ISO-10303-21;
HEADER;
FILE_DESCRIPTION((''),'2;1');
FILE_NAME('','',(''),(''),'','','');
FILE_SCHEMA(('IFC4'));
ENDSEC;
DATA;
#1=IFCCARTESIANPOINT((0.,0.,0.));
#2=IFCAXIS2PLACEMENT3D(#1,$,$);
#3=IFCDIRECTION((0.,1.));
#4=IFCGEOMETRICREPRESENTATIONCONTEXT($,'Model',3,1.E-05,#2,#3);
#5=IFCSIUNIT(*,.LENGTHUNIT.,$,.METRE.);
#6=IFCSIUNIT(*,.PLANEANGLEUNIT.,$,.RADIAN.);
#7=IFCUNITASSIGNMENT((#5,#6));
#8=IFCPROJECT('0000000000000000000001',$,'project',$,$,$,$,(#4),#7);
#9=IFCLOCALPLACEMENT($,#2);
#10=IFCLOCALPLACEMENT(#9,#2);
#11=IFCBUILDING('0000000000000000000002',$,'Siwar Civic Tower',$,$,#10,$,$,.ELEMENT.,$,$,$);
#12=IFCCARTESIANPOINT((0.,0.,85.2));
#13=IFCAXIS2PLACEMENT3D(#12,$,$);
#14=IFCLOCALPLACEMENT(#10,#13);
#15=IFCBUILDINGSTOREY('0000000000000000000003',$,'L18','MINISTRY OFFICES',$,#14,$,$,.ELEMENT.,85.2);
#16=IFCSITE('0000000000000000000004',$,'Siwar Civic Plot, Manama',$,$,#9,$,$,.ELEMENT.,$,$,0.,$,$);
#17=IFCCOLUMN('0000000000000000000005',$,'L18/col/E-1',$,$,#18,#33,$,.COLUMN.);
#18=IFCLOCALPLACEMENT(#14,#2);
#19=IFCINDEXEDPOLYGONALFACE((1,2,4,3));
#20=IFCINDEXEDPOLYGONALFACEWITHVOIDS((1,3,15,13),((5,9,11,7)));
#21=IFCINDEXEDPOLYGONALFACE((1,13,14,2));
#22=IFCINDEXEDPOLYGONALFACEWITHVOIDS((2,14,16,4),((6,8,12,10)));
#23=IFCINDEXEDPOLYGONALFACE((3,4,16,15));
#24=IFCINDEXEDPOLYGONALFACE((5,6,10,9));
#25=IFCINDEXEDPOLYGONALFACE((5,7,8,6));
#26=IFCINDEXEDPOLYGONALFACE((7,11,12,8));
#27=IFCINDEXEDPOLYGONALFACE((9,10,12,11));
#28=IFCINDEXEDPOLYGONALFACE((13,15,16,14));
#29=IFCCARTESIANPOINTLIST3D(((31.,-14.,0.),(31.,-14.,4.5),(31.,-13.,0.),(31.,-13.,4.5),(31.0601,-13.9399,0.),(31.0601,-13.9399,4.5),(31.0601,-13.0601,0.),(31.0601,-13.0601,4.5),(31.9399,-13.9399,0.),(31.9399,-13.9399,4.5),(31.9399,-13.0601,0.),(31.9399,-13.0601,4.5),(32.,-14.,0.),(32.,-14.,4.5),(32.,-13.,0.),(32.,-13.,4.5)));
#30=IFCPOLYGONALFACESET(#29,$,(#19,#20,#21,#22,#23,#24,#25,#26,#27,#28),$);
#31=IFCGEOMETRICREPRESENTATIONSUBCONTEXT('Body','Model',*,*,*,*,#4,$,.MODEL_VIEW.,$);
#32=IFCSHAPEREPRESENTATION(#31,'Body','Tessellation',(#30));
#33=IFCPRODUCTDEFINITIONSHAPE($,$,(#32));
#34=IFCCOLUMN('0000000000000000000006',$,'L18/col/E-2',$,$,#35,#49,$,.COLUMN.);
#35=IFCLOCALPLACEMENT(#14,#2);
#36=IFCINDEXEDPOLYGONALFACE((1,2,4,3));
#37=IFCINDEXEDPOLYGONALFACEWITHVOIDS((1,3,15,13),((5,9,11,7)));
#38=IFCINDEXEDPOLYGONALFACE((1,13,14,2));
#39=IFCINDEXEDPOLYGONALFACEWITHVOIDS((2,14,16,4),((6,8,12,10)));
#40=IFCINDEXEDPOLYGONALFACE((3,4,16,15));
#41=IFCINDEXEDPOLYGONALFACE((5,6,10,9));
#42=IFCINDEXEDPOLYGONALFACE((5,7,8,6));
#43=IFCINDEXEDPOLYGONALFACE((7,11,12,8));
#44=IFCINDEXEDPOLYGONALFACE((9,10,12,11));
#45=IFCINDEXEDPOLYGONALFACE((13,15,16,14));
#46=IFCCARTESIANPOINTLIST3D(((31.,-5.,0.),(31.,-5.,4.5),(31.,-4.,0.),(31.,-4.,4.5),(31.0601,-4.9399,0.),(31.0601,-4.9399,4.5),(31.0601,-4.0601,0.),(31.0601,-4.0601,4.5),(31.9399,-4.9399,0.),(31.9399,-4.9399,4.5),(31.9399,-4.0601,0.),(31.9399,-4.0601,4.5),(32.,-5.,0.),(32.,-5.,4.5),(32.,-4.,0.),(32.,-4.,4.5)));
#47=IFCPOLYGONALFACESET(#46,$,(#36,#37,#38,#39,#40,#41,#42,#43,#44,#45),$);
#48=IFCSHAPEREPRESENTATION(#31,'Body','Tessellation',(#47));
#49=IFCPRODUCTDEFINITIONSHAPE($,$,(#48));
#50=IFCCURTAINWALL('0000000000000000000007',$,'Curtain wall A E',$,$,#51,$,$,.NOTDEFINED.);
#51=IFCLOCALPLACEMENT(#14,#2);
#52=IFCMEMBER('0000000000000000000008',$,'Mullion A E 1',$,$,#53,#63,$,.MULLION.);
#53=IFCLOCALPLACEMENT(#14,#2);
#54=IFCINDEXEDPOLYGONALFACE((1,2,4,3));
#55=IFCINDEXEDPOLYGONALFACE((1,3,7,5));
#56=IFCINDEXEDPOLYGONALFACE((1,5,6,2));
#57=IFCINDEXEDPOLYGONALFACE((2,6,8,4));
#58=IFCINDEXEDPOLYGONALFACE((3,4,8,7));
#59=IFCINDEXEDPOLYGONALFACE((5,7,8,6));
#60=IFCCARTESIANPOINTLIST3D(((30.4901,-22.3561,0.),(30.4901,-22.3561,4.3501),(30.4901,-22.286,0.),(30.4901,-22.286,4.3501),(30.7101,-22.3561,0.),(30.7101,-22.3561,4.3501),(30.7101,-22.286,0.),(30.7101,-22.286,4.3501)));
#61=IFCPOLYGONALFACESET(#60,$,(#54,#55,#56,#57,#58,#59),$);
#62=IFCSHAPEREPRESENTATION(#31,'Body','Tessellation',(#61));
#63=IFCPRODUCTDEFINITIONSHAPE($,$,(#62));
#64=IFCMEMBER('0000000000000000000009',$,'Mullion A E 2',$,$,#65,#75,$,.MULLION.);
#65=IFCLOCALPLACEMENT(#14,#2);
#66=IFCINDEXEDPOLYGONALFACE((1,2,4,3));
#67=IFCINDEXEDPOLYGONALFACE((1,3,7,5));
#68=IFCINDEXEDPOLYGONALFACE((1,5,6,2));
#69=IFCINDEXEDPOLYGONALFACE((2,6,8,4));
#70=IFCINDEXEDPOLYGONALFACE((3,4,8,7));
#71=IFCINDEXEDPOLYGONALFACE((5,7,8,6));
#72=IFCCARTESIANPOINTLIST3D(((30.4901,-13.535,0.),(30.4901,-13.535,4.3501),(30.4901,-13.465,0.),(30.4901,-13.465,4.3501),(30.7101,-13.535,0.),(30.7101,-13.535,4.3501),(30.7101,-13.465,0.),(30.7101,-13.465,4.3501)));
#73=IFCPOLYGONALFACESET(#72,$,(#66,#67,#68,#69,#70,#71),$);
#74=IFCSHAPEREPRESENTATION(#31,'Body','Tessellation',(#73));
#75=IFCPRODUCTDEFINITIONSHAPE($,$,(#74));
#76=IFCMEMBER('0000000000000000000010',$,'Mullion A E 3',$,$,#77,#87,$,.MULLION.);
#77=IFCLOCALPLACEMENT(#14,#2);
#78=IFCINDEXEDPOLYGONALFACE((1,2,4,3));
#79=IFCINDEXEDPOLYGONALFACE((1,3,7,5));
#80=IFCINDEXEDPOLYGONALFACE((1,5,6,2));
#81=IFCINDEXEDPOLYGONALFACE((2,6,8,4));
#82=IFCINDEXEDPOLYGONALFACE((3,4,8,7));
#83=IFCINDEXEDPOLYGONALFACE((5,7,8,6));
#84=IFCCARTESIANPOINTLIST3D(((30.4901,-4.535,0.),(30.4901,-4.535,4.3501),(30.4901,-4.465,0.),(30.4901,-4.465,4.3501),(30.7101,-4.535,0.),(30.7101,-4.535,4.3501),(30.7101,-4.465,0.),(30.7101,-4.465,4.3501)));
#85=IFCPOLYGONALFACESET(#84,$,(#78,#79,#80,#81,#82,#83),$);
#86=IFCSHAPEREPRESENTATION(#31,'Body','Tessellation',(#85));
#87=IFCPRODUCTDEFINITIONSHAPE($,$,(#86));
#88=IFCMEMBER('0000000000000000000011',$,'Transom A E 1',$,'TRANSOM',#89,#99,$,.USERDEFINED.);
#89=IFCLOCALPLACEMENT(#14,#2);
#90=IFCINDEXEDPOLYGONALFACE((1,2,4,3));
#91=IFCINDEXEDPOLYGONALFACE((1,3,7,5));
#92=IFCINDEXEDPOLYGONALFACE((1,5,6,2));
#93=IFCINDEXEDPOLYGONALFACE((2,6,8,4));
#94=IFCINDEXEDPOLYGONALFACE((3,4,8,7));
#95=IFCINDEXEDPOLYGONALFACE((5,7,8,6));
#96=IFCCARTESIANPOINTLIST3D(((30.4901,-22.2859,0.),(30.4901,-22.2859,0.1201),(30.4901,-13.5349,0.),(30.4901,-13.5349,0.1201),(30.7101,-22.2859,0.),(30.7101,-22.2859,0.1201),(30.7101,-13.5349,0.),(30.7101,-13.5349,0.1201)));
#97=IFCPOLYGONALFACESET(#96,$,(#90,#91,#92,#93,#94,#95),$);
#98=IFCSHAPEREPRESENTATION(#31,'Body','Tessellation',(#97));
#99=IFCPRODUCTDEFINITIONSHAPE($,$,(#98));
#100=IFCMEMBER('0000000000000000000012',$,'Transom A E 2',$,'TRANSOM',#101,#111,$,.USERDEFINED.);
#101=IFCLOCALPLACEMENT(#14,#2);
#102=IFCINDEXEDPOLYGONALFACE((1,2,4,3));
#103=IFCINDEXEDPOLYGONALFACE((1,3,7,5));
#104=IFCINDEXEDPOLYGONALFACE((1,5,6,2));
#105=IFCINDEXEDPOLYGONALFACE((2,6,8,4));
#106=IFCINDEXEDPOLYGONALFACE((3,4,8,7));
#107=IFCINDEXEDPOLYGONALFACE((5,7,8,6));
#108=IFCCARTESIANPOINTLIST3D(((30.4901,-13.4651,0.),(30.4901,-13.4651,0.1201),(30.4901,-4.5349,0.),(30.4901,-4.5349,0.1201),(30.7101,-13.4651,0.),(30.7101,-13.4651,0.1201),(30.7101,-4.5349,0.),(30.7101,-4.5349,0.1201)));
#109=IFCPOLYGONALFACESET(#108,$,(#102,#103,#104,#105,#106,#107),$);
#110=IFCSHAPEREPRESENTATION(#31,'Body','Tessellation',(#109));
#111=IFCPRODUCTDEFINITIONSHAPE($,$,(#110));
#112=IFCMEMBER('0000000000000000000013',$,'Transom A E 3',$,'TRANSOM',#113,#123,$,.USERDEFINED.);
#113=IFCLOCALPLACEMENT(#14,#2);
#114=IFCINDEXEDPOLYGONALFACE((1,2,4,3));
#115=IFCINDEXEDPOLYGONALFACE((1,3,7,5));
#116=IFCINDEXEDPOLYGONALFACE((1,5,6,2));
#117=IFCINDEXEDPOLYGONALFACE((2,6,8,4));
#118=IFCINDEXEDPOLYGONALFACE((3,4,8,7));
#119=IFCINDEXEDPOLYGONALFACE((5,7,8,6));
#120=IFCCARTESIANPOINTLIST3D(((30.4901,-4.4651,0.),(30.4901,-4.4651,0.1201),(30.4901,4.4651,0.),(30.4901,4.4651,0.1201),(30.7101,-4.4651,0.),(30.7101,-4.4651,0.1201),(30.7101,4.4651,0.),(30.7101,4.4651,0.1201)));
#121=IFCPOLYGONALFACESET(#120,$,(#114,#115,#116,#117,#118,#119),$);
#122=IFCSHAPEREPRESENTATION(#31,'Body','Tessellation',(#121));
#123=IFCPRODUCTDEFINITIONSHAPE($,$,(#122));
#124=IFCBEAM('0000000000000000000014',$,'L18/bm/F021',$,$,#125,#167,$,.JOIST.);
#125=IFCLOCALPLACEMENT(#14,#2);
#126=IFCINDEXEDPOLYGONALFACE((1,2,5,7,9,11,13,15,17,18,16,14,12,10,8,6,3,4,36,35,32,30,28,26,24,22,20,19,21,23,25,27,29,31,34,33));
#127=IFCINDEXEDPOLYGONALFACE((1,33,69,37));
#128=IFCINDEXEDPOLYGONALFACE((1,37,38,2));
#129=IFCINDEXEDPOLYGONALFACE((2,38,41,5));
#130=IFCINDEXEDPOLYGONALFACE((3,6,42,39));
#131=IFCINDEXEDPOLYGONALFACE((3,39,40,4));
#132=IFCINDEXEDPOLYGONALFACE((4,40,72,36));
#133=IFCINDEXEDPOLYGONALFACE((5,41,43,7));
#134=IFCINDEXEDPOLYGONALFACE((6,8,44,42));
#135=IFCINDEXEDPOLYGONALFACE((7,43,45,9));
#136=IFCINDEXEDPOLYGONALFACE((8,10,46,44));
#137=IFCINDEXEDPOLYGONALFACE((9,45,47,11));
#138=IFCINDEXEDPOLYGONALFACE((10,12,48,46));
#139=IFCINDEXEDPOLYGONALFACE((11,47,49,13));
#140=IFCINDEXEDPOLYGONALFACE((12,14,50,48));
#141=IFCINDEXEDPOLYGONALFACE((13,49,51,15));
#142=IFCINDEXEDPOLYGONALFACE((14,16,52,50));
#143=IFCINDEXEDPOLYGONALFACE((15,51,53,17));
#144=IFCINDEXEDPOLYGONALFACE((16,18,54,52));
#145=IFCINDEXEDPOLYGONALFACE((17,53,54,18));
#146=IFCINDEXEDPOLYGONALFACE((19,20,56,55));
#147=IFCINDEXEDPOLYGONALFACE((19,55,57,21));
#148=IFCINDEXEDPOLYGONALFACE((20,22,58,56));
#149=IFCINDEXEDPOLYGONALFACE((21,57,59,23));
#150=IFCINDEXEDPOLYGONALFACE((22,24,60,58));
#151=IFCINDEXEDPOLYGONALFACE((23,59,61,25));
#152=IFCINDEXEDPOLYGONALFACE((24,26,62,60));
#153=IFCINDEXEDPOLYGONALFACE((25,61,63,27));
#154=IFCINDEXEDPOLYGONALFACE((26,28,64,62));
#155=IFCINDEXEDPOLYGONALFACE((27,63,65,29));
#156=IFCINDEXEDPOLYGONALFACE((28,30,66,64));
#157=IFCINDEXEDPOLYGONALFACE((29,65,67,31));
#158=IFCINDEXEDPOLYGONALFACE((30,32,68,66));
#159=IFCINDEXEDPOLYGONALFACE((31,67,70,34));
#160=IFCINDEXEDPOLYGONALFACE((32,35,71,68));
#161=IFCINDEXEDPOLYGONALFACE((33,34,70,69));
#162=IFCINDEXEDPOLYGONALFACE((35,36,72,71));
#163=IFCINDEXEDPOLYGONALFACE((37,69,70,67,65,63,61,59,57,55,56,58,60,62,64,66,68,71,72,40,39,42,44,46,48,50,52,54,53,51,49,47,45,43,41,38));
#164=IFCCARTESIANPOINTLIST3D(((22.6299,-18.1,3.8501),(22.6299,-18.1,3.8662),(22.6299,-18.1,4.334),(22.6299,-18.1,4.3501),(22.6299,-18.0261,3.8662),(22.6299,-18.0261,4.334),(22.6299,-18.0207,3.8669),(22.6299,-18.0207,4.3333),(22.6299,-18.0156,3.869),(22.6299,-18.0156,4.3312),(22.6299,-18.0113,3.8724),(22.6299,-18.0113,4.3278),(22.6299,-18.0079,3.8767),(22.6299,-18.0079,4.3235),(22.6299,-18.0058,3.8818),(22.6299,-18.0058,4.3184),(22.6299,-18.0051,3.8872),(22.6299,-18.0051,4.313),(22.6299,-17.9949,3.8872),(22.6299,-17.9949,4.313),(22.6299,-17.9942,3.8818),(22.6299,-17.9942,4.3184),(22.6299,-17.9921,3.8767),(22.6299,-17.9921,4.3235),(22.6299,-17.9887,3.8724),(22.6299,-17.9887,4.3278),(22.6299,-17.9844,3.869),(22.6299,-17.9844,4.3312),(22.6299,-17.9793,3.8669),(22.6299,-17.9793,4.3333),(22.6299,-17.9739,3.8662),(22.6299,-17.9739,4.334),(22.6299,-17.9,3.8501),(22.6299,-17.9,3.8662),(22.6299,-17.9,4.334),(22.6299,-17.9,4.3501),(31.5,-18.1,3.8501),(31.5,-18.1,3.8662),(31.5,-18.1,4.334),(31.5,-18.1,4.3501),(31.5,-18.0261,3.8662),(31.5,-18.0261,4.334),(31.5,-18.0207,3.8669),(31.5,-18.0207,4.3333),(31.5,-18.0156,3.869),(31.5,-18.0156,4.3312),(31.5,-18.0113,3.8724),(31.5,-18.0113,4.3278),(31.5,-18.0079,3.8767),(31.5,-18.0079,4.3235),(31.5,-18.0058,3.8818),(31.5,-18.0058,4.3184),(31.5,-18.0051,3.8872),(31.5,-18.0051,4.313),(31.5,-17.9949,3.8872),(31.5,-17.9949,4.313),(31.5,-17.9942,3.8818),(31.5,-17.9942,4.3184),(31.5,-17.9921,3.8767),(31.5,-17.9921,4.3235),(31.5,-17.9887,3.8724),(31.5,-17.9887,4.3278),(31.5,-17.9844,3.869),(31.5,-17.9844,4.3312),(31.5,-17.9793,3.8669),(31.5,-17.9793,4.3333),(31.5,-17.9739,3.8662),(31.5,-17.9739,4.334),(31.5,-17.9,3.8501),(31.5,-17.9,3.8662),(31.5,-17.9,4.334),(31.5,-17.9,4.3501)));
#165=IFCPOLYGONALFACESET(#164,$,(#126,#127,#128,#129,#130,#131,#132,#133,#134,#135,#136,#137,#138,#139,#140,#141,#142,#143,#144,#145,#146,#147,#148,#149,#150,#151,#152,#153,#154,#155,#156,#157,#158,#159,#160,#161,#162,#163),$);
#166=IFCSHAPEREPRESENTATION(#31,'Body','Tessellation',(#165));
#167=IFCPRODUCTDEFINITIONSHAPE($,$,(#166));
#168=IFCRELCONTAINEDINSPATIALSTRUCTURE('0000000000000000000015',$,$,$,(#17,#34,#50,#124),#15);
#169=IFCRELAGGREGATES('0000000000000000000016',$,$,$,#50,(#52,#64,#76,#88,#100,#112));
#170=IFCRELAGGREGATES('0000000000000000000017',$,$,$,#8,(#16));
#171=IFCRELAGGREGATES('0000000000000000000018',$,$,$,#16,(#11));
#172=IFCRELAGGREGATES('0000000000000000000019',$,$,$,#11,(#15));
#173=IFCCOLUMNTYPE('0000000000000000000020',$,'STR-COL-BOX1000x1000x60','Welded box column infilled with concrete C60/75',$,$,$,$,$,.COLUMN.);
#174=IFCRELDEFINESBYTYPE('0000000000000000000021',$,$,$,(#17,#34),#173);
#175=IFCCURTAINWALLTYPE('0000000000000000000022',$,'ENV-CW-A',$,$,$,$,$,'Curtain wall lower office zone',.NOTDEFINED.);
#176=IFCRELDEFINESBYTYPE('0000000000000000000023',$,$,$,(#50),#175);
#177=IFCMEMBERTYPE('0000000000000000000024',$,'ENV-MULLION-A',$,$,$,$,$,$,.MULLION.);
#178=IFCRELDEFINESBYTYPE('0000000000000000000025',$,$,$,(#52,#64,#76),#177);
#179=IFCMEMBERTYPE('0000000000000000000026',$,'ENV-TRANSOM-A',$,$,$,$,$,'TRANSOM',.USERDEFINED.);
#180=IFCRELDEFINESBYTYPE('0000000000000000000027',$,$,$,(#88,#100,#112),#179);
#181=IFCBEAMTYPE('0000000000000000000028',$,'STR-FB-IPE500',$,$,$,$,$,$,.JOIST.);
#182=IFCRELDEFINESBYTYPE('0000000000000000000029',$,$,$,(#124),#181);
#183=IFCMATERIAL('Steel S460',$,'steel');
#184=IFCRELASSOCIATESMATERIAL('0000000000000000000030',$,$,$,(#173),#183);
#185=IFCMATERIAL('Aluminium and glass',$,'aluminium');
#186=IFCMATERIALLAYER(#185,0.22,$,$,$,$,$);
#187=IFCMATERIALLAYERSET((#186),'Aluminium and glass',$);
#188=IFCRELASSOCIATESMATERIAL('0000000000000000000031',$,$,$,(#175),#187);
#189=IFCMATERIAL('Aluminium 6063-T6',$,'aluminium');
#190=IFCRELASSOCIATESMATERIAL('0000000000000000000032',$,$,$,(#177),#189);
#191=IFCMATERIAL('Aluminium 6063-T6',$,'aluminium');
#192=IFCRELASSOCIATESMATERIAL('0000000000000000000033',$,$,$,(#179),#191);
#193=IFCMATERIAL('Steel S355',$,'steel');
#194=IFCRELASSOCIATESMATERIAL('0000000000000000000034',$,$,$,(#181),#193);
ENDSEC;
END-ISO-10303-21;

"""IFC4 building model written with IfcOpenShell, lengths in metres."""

from ifc_helpers import new_model, si_unit, direction, frame, origin, origin_2d, place, context, subcontext, project, spatial, rectangle, hollow_rectangle, i_section, extrude, material, layer, layer_set, material_profile, profile_set, type_object, element, aggregate, save


model = new_model("IFC4")

# Units and contexts
model_context = context("Model", 3, precision=1e-05, world=origin(), true_north=direction((0.0, 1.0)))
body_context = subcontext(model_context, "Body", "Model", "MODEL_VIEW")
ifc_project = project(units=[si_unit("LENGTHUNIT", "METRE"), si_unit("PLANEANGLEUNIT", "RADIAN")], contexts=[model_context])

# Site, building, storey
site_placement = place(None, origin())
site = spatial("IfcSite", under=ifc_project, at=site_placement, Name="Siwar Civic Plot, Manama", CompositionType="ELEMENT", RefElevation=0.0)
building_placement = place(site_placement, origin())
building = spatial("IfcBuilding", under=site, at=building_placement, Name="Siwar Civic Tower", CompositionType="ELEMENT")
storey_placement = place(building_placement, frame((0.0, 0.0, 85.2)))
storey = spatial("IfcBuildingStorey", under=building, at=storey_placement, Name="L18", Description="MINISTRY OFFICES", CompositionType="ELEMENT", Elevation=85.2)

# Columns
ifc_material_1 = material(Name="Steel S460", Category="steel")
ifc_material_profile_1 = material_profile(ifc_material_1, hollow_rectangle(XDim=1.0, YDim=1.0, WallThickness=0.0601, at=origin_2d()), Name="BOX1000x1000x60")
ifc_profile_set_1 = profile_set([ifc_material_profile_1], Name="Steel S460")
column_type = type_object("IfcColumnType", Name="STR-COL-BOX1000x1000x60", Description="Welded box column infilled with concrete C60/75", PredefinedType="COLUMN", material=ifc_profile_set_1)
for number, where, z_axis, x_axis, name in (
    (1, (31.5, -13.5, 0.0), (0.0, 0.0, 1.0), (1.0, 0.0, 0.0), "L18/col/E-1"),
    (2, (31.5, -4.5, 0.0), (0.0, 0.0, 1.0), (1.0, 0.0, 0.0), "L18/col/E-2"),
):
    element("IfcColumn", number, at=place(storey_placement, frame(where, z_axis=z_axis, x_axis=x_axis)), inside=storey, type_object=column_type, Name=name, PredefinedType="COLUMN", context=body_context, shape_type="SweptSolid", body=[
        extrude(hollow_rectangle(XDim=1.0, YDim=1.0, WallThickness=0.0601, at=origin_2d()), origin(), (0.0, 0.0, 1.0), 4.5),
    ])

# Curtain wall, members
ifc_material_2 = material(Name="Aluminium and glass", Category="aluminium")
ifc_layer_1 = layer(ifc_material_2, 0.22)
ifc_layer_set_1 = layer_set([ifc_layer_1], Name="Aluminium and glass")
curtain_wall_type = type_object("IfcCurtainWallType", Name="ENV-CW-A", ElementType="Curtain wall lower office zone", PredefinedType="NOTDEFINED", material=ifc_layer_set_1)
curtain_wall_placement = place(storey_placement, origin())
curtain_wall = element("IfcCurtainWall", 3, at=curtain_wall_placement, inside=storey, type_object=curtain_wall_type, Name="Curtain wall A E", PredefinedType="NOTDEFINED")
ifc_material_3 = material(Name="Aluminium 6063-T6", Category="aluminium")
ifc_material_profile_2 = material_profile(ifc_material_3, rectangle(XDim=0.22, YDim=0.0701, at=origin_2d()), Name="AL 220x70")
ifc_profile_set_2 = profile_set([ifc_material_profile_2], Name="Aluminium 6063-T6")
member_type_1 = type_object("IfcMemberType", Name="ENV-MULLION-A", PredefinedType="MULLION", material=ifc_profile_set_2)
member_1_placement = place(storey_placement, frame((30.6001, -22.321, 0.0), z_axis=(0.0, 0.0, 1.0), x_axis=(-1.0, 0.0, 0.0)))
member_1 = element("IfcMember", 4, at=member_1_placement, type_object=member_type_1, Name="Mullion A E 1", PredefinedType="MULLION", context=body_context, shape_type="SweptSolid", body=[
    extrude(rectangle(XDim=0.22, YDim=0.0701, at=origin_2d()), origin(), (0.0, 0.0, 1.0), 4.3501),
])
member_2_placement = place(storey_placement, frame((30.6001, -13.5, 0.0), z_axis=(0.0, 0.0, 1.0), x_axis=(-1.0, 0.0, 0.0)))
member_2 = element("IfcMember", 5, at=member_2_placement, type_object=member_type_1, Name="Mullion A E 2", PredefinedType="MULLION", context=body_context, shape_type="SweptSolid", body=[
    extrude(rectangle(XDim=0.22, YDim=0.0701, at=origin_2d()), origin(), (0.0, 0.0, 1.0), 4.3501),
])
member_3_placement = place(storey_placement, frame((30.6001, -4.5, 0.0), z_axis=(0.0, 0.0, 1.0), x_axis=(-1.0, 0.0, 0.0)))
member_3 = element("IfcMember", 6, at=member_3_placement, type_object=member_type_1, Name="Mullion A E 3", PredefinedType="MULLION", context=body_context, shape_type="SweptSolid", body=[
    extrude(rectangle(XDim=0.22, YDim=0.0701, at=origin_2d()), origin(), (0.0, 0.0, 1.0), 4.3501),
])
ifc_material_4 = material(Name="Aluminium 6063-T6", Category="aluminium")
ifc_material_profile_3 = material_profile(ifc_material_4, rectangle(XDim=0.22, YDim=0.1201, at=origin_2d()), Name="AL 220x120")
ifc_profile_set_3 = profile_set([ifc_material_profile_3], Name="Aluminium 6063-T6")
member_type_2 = type_object("IfcMemberType", Name="ENV-TRANSOM-A", ElementType="TRANSOM", PredefinedType="USERDEFINED", material=ifc_profile_set_3)
member_4_placement = place(storey_placement, frame((30.6001, -22.2859, 0.0601), z_axis=(0.0, 1.0, 0.0), x_axis=(-1.0, 0.0, 0.0)))
member_4 = element("IfcMember", 7, at=member_4_placement, type_object=member_type_2, Name="Transom A E 1", ObjectType="TRANSOM", PredefinedType="USERDEFINED", context=body_context, shape_type="SweptSolid", body=[
    extrude(rectangle(XDim=0.22, YDim=0.1201, at=origin_2d()), origin(), (0.0, 0.0, 1.0), 8.751),
])
member_5_placement = place(storey_placement, frame((30.6001, -13.4651, 0.0601), z_axis=(0.0, 1.0, 0.0), x_axis=(-1.0, 0.0, 0.0)))
member_5 = element("IfcMember", 8, at=member_5_placement, type_object=member_type_2, Name="Transom A E 2", ObjectType="TRANSOM", PredefinedType="USERDEFINED", context=body_context, shape_type="SweptSolid", body=[
    extrude(rectangle(XDim=0.22, YDim=0.1201, at=origin_2d()), origin(), (0.0, 0.0, 1.0), 8.9302),
])
member_6_placement = place(storey_placement, frame((30.6001, -4.4651, 0.0601), z_axis=(0.0, 1.0, 0.0), x_axis=(-1.0, 0.0, 0.0)))
member_6 = element("IfcMember", 9, at=member_6_placement, type_object=member_type_2, Name="Transom A E 3", ObjectType="TRANSOM", PredefinedType="USERDEFINED", context=body_context, shape_type="SweptSolid", body=[
    extrude(rectangle(XDim=0.22, YDim=0.1201, at=origin_2d()), origin(), (0.0, 0.0, 1.0), 8.9302),
])

# Beam
ifc_material_5 = material(Name="Steel S355", Category="steel")
ifc_material_profile_4 = material_profile(ifc_material_5, i_section(OverallWidth=0.2, OverallDepth=0.5, WebThickness=0.0103, FlangeThickness=0.0161, FilletRadius=0.021, at=origin_2d()), Name="IPE500")
ifc_profile_set_4 = profile_set([ifc_material_profile_4], Name="Steel S355")
beam_type_1 = type_object("IfcBeamType", Name="STR-FB-IPE500", PredefinedType="JOIST", material=ifc_profile_set_4)
beam_1_placement = place(storey_placement, frame((22.6299, -18.0, 4.1001), z_axis=(1.0, 0.0, 0.0), x_axis=(0.0, 1.0, 0.0)))
element("IfcBeam", 10, at=beam_1_placement, inside=storey, type_object=beam_type_1, Name="L18/bm/F021", PredefinedType="JOIST", context=body_context, shape_type="SweptSolid", body=[
    extrude(i_section(OverallWidth=0.2, OverallDepth=0.5, WebThickness=0.0103, FlangeThickness=0.0161, FilletRadius=0.021, at=origin_2d()), origin(), (0.0, 0.0, 1.0), 8.8701),
])

aggregate(curtain_wall, [member_1, member_2, member_3, member_4, member_5, member_6])

save(model, "model.ifc")
